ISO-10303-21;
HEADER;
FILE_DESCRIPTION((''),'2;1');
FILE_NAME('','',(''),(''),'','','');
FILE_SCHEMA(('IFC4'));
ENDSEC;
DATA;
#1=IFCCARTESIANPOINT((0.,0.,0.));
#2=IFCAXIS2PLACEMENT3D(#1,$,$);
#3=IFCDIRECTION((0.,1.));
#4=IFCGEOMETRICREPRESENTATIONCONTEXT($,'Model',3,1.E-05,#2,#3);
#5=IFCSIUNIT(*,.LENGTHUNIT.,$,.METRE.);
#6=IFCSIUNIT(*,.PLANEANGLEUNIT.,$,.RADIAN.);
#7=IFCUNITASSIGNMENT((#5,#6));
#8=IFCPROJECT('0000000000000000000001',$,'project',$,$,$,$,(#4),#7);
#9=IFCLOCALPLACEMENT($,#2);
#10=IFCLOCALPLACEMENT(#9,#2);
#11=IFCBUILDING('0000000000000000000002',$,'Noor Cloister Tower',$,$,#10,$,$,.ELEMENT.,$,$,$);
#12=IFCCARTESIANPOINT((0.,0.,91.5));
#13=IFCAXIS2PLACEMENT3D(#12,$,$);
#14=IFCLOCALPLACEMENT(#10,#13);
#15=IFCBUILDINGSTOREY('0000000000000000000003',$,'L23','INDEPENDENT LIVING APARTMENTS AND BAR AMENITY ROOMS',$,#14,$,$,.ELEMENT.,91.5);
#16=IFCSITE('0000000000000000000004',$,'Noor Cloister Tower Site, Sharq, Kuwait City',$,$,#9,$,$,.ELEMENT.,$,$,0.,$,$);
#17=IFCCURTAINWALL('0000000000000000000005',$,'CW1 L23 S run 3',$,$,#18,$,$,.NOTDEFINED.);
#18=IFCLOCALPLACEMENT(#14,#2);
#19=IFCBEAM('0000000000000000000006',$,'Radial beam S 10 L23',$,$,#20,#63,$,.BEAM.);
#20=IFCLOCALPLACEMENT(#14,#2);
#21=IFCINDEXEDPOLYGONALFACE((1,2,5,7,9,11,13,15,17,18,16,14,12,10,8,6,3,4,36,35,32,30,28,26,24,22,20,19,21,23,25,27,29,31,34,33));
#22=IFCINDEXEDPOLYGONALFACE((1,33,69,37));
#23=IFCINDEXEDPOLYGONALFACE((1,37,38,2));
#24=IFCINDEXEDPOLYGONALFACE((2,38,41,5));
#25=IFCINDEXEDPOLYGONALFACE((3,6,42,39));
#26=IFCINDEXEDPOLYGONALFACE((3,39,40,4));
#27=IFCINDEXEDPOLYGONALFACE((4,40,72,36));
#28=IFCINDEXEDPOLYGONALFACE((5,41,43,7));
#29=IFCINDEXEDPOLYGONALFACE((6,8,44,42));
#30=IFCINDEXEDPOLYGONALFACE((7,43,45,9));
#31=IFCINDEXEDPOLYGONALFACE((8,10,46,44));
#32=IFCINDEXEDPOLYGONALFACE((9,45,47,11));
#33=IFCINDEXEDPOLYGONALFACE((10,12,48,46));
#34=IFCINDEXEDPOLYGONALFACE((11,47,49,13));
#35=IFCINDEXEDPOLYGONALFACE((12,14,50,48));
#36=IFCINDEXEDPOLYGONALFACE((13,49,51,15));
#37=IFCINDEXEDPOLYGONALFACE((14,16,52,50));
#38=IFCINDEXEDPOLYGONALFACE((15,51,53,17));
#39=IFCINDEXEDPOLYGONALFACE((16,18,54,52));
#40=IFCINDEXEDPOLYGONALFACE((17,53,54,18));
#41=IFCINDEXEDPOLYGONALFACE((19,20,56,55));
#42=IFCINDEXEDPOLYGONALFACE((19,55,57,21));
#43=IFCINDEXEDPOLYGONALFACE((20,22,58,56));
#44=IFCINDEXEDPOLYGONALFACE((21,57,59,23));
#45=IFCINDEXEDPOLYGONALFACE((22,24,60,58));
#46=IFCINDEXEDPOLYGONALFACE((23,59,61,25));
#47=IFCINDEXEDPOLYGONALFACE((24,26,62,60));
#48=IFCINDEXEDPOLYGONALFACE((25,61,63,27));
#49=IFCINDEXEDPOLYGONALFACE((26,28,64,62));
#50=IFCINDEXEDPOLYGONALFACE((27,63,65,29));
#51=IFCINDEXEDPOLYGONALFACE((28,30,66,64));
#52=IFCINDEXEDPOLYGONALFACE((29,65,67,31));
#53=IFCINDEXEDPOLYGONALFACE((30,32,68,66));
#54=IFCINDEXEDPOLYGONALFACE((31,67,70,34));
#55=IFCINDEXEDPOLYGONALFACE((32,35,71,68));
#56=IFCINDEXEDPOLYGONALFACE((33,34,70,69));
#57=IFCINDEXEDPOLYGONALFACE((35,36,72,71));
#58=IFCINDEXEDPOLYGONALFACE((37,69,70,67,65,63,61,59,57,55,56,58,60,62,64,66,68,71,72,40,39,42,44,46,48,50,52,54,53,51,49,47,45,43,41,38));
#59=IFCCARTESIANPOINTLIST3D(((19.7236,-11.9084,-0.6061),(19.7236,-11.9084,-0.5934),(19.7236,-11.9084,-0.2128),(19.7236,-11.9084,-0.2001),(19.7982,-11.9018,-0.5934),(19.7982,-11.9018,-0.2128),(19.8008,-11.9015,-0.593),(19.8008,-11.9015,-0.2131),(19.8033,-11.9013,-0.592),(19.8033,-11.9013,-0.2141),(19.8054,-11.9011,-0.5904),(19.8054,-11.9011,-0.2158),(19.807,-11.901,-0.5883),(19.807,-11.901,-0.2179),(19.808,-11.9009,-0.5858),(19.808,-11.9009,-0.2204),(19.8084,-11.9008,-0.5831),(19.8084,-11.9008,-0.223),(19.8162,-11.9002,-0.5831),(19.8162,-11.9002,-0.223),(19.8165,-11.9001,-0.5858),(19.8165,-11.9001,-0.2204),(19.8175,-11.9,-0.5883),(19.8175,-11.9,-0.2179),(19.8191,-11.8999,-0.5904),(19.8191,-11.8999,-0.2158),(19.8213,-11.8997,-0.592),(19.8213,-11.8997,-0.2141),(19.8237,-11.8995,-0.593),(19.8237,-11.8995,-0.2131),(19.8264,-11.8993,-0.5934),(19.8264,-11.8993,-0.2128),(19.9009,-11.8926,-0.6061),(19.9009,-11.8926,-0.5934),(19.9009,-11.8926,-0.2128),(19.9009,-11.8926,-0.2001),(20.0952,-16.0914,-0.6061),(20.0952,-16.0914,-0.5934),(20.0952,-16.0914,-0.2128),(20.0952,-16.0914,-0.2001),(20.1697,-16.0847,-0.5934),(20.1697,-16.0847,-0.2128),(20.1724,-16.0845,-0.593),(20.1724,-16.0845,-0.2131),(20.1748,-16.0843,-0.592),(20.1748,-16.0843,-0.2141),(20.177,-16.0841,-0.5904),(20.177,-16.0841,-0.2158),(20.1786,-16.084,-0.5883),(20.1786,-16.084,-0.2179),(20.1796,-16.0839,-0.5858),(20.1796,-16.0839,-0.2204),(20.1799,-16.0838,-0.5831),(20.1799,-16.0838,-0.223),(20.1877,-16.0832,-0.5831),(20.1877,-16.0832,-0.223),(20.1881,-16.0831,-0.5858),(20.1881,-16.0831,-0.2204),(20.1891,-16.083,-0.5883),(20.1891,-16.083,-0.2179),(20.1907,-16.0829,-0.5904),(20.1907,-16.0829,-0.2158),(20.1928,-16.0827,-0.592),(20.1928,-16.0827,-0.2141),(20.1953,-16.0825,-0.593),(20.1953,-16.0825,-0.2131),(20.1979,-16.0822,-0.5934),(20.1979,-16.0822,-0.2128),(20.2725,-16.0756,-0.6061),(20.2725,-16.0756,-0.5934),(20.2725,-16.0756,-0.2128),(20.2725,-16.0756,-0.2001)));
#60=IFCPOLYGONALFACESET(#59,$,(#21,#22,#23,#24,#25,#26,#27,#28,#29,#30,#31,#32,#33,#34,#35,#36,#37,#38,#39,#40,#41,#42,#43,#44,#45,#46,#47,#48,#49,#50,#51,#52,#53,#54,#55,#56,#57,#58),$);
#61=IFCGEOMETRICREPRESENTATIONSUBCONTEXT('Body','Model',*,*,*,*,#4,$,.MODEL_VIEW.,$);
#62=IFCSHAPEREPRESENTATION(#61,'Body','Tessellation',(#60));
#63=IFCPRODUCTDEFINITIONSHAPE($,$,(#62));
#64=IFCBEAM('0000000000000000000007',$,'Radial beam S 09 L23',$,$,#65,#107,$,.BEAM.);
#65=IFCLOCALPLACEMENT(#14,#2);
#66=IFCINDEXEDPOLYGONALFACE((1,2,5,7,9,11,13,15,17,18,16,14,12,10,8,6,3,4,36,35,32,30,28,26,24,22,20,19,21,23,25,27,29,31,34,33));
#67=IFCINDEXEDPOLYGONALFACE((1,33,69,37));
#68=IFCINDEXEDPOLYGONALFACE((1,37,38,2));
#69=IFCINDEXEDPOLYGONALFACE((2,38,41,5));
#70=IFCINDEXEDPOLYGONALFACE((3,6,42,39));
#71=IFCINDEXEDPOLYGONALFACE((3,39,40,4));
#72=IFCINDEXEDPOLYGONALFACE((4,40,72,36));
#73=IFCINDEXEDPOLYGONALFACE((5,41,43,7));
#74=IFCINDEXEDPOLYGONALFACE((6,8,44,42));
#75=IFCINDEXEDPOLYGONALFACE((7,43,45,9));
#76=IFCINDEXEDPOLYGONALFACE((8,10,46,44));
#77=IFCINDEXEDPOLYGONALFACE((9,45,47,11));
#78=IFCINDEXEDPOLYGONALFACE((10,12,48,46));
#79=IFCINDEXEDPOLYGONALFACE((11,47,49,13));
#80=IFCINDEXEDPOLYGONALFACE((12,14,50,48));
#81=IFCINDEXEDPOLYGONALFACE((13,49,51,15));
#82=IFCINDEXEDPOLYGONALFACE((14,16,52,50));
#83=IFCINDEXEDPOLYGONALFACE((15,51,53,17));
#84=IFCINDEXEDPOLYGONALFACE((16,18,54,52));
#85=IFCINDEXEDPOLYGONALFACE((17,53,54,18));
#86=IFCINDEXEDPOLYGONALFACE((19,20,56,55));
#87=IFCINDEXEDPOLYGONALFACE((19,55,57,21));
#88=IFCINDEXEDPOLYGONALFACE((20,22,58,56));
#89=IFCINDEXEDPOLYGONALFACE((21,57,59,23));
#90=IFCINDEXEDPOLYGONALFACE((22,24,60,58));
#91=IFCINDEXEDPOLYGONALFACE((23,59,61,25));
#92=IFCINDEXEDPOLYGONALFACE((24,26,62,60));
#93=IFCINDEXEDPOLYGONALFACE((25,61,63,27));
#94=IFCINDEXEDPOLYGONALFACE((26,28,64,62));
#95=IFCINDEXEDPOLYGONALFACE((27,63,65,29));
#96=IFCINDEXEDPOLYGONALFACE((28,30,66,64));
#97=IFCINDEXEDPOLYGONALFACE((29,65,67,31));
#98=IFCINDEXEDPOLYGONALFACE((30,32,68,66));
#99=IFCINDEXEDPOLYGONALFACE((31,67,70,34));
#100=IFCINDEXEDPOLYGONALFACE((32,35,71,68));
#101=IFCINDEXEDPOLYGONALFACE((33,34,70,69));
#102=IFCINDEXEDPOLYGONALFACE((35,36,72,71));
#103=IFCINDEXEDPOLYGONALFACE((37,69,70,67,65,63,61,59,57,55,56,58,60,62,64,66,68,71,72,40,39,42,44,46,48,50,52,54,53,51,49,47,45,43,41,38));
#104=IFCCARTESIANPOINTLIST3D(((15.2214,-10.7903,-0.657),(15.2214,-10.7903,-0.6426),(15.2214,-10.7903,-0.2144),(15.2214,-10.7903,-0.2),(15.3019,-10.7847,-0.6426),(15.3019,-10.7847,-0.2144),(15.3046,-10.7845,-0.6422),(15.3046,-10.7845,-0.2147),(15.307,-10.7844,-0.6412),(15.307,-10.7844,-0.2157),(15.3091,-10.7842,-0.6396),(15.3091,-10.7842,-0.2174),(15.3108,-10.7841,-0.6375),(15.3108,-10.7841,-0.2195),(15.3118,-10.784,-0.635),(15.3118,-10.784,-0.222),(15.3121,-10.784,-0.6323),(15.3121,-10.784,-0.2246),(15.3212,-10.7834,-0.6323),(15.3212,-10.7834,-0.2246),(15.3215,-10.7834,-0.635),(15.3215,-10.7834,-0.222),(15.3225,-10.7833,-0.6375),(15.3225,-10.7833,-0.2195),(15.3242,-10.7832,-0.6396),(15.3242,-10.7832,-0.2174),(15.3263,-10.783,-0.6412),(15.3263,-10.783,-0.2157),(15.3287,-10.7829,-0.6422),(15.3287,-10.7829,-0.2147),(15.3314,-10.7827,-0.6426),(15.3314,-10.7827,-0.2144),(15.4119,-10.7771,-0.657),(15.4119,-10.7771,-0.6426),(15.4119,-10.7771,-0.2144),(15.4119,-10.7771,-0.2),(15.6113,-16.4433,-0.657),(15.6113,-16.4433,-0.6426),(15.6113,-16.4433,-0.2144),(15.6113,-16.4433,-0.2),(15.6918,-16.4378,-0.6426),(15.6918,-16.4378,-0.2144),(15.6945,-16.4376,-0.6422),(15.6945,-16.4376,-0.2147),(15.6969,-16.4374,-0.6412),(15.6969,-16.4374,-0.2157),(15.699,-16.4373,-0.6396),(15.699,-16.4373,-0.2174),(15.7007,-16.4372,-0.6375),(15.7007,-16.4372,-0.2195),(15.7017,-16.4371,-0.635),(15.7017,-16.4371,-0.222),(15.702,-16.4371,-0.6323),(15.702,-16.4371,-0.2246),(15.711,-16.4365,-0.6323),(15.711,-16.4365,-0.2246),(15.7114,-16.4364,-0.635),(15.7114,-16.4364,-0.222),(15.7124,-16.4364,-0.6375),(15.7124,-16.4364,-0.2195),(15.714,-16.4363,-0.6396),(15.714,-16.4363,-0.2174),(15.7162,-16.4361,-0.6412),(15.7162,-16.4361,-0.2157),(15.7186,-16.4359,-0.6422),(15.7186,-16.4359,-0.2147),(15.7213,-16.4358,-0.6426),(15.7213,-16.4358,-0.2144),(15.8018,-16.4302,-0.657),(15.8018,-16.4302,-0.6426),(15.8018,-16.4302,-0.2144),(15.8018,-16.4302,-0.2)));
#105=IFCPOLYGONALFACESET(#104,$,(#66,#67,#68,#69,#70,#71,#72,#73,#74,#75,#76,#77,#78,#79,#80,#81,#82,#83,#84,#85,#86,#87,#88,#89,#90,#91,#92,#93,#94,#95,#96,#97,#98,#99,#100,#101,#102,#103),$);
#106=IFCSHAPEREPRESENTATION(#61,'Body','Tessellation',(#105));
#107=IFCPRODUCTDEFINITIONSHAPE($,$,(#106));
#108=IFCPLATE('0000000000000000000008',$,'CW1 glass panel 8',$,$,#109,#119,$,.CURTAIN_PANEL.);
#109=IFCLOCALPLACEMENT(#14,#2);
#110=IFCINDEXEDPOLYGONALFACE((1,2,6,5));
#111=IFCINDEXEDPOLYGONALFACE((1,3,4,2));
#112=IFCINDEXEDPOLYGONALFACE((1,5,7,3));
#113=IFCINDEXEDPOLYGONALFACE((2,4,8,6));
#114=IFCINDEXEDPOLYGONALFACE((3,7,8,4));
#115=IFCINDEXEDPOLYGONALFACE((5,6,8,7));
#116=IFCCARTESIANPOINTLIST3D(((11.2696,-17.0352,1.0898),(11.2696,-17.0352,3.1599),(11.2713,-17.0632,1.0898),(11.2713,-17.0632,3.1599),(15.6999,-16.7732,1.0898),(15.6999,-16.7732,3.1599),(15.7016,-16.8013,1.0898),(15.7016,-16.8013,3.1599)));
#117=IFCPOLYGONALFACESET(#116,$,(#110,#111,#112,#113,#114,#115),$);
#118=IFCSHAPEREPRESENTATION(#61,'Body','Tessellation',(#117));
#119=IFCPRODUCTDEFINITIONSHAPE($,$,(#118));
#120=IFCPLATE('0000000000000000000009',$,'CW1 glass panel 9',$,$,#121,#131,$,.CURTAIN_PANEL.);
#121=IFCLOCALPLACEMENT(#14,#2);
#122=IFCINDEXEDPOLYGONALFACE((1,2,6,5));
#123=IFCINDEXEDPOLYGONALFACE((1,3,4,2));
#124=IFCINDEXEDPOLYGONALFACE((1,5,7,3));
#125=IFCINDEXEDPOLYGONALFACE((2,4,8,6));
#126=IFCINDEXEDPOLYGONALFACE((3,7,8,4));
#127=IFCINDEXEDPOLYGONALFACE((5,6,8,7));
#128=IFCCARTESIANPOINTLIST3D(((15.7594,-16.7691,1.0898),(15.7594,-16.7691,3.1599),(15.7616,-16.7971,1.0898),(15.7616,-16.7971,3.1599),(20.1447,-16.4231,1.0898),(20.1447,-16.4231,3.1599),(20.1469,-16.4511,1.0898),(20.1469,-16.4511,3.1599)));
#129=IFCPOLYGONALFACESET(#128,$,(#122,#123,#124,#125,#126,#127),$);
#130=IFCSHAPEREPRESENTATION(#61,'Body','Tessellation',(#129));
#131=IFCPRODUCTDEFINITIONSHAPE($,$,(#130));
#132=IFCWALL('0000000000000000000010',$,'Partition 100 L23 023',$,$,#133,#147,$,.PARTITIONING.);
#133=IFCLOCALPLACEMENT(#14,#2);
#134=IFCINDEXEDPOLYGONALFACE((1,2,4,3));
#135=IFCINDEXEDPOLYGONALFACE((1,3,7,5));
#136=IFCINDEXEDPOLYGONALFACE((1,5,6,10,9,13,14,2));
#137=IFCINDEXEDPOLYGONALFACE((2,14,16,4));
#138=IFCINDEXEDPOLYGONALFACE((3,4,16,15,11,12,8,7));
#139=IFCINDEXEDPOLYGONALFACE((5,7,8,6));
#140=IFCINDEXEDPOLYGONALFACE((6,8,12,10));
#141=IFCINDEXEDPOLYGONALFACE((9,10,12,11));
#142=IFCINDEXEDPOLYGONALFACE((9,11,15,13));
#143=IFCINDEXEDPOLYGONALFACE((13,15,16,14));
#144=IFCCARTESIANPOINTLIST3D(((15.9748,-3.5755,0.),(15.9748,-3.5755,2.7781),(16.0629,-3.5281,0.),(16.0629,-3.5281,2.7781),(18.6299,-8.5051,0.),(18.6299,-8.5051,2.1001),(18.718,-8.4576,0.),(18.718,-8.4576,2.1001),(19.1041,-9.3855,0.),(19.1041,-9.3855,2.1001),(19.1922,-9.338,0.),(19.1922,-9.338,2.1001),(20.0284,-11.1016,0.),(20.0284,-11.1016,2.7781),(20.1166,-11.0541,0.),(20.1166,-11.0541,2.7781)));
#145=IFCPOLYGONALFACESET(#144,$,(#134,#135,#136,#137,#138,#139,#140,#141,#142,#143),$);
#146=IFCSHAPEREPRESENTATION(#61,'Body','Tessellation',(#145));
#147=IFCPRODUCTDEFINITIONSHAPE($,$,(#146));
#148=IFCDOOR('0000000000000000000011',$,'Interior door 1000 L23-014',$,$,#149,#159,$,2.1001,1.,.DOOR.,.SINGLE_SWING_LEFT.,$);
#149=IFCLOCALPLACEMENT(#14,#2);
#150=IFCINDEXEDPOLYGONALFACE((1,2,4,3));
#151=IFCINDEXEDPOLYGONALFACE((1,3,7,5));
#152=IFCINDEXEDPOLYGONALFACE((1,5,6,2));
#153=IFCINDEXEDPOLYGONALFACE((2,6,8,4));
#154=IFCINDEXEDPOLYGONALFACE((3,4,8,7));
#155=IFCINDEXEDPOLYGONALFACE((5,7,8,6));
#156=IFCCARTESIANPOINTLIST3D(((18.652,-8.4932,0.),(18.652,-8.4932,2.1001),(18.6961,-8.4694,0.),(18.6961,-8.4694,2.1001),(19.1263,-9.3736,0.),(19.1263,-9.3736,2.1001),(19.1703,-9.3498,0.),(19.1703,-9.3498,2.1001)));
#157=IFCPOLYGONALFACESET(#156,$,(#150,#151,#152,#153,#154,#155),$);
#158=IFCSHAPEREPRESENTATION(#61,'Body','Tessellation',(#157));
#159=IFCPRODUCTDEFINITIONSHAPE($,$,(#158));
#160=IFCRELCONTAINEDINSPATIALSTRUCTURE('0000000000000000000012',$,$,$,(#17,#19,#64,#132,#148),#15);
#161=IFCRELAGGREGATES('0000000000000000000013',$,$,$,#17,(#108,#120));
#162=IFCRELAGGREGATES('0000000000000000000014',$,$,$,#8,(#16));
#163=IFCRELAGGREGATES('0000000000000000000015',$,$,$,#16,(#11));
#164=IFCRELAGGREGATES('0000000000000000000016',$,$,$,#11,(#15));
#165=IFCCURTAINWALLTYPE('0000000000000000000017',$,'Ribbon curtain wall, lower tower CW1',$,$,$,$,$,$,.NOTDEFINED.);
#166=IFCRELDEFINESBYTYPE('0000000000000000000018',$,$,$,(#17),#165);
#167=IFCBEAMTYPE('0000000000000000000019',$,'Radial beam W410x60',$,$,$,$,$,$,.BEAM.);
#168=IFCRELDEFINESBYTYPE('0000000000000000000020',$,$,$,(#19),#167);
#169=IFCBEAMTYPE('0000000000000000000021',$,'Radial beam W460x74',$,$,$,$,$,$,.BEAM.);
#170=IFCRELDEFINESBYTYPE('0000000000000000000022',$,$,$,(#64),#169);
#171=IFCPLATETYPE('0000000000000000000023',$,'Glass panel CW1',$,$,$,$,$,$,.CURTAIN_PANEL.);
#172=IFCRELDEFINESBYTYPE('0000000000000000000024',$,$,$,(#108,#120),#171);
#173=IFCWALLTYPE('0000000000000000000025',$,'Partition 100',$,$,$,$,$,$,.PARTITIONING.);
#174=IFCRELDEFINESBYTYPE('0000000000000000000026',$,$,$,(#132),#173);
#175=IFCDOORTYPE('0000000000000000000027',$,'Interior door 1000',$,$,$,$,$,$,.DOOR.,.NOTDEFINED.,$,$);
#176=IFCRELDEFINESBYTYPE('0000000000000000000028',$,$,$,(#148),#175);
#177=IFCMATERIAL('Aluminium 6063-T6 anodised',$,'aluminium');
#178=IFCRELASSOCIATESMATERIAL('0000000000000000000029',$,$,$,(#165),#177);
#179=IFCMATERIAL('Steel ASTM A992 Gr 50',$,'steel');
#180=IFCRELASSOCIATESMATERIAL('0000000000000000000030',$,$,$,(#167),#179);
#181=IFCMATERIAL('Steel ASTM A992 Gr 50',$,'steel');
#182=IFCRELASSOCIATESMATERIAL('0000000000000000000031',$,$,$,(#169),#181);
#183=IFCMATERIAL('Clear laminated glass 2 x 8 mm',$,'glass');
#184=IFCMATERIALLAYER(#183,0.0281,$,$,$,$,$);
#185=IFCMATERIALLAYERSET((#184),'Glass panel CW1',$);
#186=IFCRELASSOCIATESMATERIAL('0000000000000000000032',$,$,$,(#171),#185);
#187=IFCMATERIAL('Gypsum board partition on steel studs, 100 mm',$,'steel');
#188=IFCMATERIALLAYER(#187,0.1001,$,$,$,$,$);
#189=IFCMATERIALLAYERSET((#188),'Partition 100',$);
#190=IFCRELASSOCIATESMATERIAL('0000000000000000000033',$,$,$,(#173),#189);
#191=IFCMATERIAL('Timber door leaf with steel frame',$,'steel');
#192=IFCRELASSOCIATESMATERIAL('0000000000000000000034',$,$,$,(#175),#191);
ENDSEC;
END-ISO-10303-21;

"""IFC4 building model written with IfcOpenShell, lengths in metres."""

from ifc_helpers import new_model, si_unit, direction, frame, frame_2d, origin, origin_2d, place, context, subcontext, project, spatial, rectangle, i_section, extrude, material, layer, layer_set, material_profile, profile_set, type_object, element, fill, aggregate, save


model = new_model("IFC4")

# Units and contexts
model_context = context("Model", 3, precision=1e-05, world=origin(), true_north=direction((0.0, 1.0)))
body_context = subcontext(model_context, "Body", "Model", "MODEL_VIEW")
ifc_project = project(units=[si_unit("LENGTHUNIT", "METRE"), si_unit("PLANEANGLEUNIT", "RADIAN")], contexts=[model_context])

# Site, building, storey
site_placement = place(None, origin())
site = spatial("IfcSite", under=ifc_project, at=site_placement, Name="Noor Cloister Tower Site, Sharq, Kuwait City", CompositionType="ELEMENT", RefElevation=0.0)
building_placement = place(site_placement, origin())
building = spatial("IfcBuilding", under=site, at=building_placement, Name="Noor Cloister Tower", CompositionType="ELEMENT")
storey_placement = place(building_placement, frame((0.0, 0.0, 91.5)))
storey = spatial("IfcBuildingStorey", under=building, at=storey_placement, Name="L23", Description="INDEPENDENT LIVING APARTMENTS AND BAR AMENITY ROOMS", CompositionType="ELEMENT", Elevation=91.5)

# Curtain wall
ifc_material_1 = material(Name="Aluminium 6063-T6 anodised", Category="aluminium")
curtain_wall_type = type_object("IfcCurtainWallType", Name="Ribbon curtain wall, lower tower CW1", PredefinedType="NOTDEFINED", material=ifc_material_1)
curtain_wall_placement = place(storey_placement, origin())
curtain_wall = element("IfcCurtainWall", 1, at=curtain_wall_placement, inside=storey, type_object=curtain_wall_type, Name="CW1 L23 S run 3", PredefinedType="NOTDEFINED")

# Beams
ifc_material_2 = material(Name="Steel ASTM A992 Gr 50", Category="steel")
ifc_material_profile_1 = material_profile(ifc_material_2, i_section(OverallWidth=0.178, OverallDepth=0.406, WebThickness=0.0078, FlangeThickness=0.0127, FilletRadius=0.0103, at=origin_2d()), Name="W410x60")
ifc_profile_set_1 = profile_set([ifc_material_profile_1], Name="Steel ASTM A992 Gr 50")
beam_type_1 = type_object("IfcBeamType", Name="Radial beam W410x60", PredefinedType="BEAM", material=ifc_profile_set_1)
beam_1_placement = place(storey_placement, frame((20.1838, -16.0835, -0.4031), z_axis=(-0.088481, 0.996078, 0.0), x_axis=(-0.996078, -0.088481, 0.0)))
element("IfcBeam", 2, at=beam_1_placement, inside=storey, type_object=beam_type_1, Name="Radial beam S 10 L23", PredefinedType="BEAM", context=body_context, shape_type="SweptSolid", body=[
    extrude(i_section(OverallWidth=0.178, OverallDepth=0.406, WebThickness=0.0078, FlangeThickness=0.0127, FilletRadius=0.0103, at=origin_2d()), origin(), (0.0, 0.0, 1.0), 4.1995),
])
ifc_material_3 = material(Name="Steel ASTM A992 Gr 50", Category="steel")
ifc_material_profile_2 = material_profile(ifc_material_3, i_section(OverallWidth=0.1909, OverallDepth=0.457, WebThickness=0.009, FlangeThickness=0.0144, FilletRadius=0.0103, at=origin_2d()), Name="W460x74")
ifc_profile_set_2 = profile_set([ifc_material_profile_2], Name="Steel ASTM A992 Gr 50")
beam_type_2 = type_object("IfcBeamType", Name="Radial beam W460x74", PredefinedType="BEAM", material=ifc_profile_set_2)
beam_2_placement = place(storey_placement, frame((15.7065, -16.4368, -0.4285), z_axis=(-0.068807, 0.99763, 0.0), x_axis=(-0.99763, -0.068807, 0.0)))
element("IfcBeam", 3, at=beam_2_placement, inside=storey, type_object=beam_type_2, Name="Radial beam S 09 L23", PredefinedType="BEAM", context=body_context, shape_type="SweptSolid", body=[
    extrude(i_section(OverallWidth=0.1909, OverallDepth=0.457, WebThickness=0.009, FlangeThickness=0.0144, FilletRadius=0.0103, at=origin_2d()), origin(), (0.0, 0.0, 1.0), 5.6665),
])

# Plates
ifc_material_4 = material(Name="Clear laminated glass 2 x 8 mm", Category="glass")
ifc_layer_1 = layer(ifc_material_4, 0.0281)
ifc_layer_set_1 = layer_set([ifc_layer_1], Name="Glass panel CW1")
plate_type = type_object("IfcPlateType", Name="Glass panel CW1", PredefinedType="CURTAIN_PANEL", material=ifc_layer_set_1)
plate_1_placement = place(storey_placement, frame((13.4856, -16.9182, 1.0898), z_axis=(0.0, 0.0, 1.0), x_axis=(0.998257, 0.059016, 0.0)))
plate_1 = element("IfcPlate", 4, at=plate_1_placement, type_object=plate_type, Name="CW1 glass panel 8", PredefinedType="CURTAIN_PANEL", context=body_context, shape_type="SweptSolid", body=[
    extrude(rectangle(XDim=4.438, YDim=0.0281, at=origin_2d()), origin(), (0.0, 0.0, 1.0), 2.0701),
])
plate_2_placement = place(storey_placement, frame((17.9531, -16.6101, 1.0898), z_axis=(0.0, 0.0, 1.0), x_axis=(0.996902, 0.078652, 0.0)))
plate_2 = element("IfcPlate", 5, at=plate_2_placement, type_object=plate_type, Name="CW1 glass panel 9", PredefinedType="CURTAIN_PANEL", context=body_context, shape_type="SweptSolid", body=[
    extrude(rectangle(XDim=4.3989, YDim=0.0281, at=origin_2d()), origin(), (0.0, 0.0, 1.0), 2.0701),
])
aggregate(curtain_wall, [plate_1, plate_2])

# Wall, opening, door
ifc_material_5 = material(Name="Gypsum board partition on steel studs, 100 mm", Category="steel")
ifc_layer_2 = layer(ifc_material_5, 0.1001)
ifc_layer_set_2 = layer_set([ifc_layer_2], Name="Partition 100")
wall_type = type_object("IfcWallType", Name="Partition 100", PredefinedType="PARTITIONING", material=ifc_layer_set_2)
wall_1_placement = place(storey_placement, frame((20.0725, -11.0779, 0.0), z_axis=(0.0, 0.0, 1.0), x_axis=(-0.474207, 0.880413, 0.0)))
wall_1 = element("IfcWall", 6, at=wall_1_placement, inside=storey, type_object=wall_type, Name="Partition 100 L23 023", PredefinedType="PARTITIONING", context=body_context, shape_type="SweptSolid", body=[
    extrude(rectangle(XDim=8.5483, YDim=0.1001, at=frame_2d((4.2742, 0.0))), origin(), (0.0, 0.0, 1.0), 2.7781),
])
opening_1_placement = place(wall_1_placement, frame((1.9492, 0.0, 0.0)))
opening_1 = element("IfcOpeningElement", 7, at=opening_1_placement, cuts=wall_1, PredefinedType="OPENING", context=body_context, shape_type="SweptSolid", body=[
    extrude(rectangle(XDim=1.0, YDim=2.1001, at=frame_2d((0.5, 1.05))), frame((0.0, 0.0601, 0.0), z_axis=(0.0, -1.0, 0.0), x_axis=(1.0, 0.0, 0.0)), (0.0, 0.0, 1.0), 0.1201),
])
ifc_material_6 = material(Name="Timber door leaf with steel frame", Category="steel")
door_type = type_object("IfcDoorType", Name="Interior door 1000", OperationType="NOTDEFINED", PredefinedType="DOOR", material=ifc_material_6)
door_1_placement = place(opening_1_placement, origin())
door_1 = element("IfcDoor", 8, at=door_1_placement, inside=storey, type_object=door_type, Name="Interior door 1000 L23-014", OperationType="SINGLE_SWING_LEFT", OverallHeight=2.1001, OverallWidth=1.0, PredefinedType="DOOR", context=body_context, shape_type="SweptSolid", body=[
    extrude(rectangle(XDim=1.0, YDim=2.1001, at=frame_2d((0.5, 1.05))), frame((0.0, 0.0249, 0.0), z_axis=(0.0, -1.0, 0.0), x_axis=(1.0, 0.0, 0.0)), (0.0, 0.0, 1.0), 0.05),
])
fill(opening_1, door_1)

save(model, "model.ifc")
